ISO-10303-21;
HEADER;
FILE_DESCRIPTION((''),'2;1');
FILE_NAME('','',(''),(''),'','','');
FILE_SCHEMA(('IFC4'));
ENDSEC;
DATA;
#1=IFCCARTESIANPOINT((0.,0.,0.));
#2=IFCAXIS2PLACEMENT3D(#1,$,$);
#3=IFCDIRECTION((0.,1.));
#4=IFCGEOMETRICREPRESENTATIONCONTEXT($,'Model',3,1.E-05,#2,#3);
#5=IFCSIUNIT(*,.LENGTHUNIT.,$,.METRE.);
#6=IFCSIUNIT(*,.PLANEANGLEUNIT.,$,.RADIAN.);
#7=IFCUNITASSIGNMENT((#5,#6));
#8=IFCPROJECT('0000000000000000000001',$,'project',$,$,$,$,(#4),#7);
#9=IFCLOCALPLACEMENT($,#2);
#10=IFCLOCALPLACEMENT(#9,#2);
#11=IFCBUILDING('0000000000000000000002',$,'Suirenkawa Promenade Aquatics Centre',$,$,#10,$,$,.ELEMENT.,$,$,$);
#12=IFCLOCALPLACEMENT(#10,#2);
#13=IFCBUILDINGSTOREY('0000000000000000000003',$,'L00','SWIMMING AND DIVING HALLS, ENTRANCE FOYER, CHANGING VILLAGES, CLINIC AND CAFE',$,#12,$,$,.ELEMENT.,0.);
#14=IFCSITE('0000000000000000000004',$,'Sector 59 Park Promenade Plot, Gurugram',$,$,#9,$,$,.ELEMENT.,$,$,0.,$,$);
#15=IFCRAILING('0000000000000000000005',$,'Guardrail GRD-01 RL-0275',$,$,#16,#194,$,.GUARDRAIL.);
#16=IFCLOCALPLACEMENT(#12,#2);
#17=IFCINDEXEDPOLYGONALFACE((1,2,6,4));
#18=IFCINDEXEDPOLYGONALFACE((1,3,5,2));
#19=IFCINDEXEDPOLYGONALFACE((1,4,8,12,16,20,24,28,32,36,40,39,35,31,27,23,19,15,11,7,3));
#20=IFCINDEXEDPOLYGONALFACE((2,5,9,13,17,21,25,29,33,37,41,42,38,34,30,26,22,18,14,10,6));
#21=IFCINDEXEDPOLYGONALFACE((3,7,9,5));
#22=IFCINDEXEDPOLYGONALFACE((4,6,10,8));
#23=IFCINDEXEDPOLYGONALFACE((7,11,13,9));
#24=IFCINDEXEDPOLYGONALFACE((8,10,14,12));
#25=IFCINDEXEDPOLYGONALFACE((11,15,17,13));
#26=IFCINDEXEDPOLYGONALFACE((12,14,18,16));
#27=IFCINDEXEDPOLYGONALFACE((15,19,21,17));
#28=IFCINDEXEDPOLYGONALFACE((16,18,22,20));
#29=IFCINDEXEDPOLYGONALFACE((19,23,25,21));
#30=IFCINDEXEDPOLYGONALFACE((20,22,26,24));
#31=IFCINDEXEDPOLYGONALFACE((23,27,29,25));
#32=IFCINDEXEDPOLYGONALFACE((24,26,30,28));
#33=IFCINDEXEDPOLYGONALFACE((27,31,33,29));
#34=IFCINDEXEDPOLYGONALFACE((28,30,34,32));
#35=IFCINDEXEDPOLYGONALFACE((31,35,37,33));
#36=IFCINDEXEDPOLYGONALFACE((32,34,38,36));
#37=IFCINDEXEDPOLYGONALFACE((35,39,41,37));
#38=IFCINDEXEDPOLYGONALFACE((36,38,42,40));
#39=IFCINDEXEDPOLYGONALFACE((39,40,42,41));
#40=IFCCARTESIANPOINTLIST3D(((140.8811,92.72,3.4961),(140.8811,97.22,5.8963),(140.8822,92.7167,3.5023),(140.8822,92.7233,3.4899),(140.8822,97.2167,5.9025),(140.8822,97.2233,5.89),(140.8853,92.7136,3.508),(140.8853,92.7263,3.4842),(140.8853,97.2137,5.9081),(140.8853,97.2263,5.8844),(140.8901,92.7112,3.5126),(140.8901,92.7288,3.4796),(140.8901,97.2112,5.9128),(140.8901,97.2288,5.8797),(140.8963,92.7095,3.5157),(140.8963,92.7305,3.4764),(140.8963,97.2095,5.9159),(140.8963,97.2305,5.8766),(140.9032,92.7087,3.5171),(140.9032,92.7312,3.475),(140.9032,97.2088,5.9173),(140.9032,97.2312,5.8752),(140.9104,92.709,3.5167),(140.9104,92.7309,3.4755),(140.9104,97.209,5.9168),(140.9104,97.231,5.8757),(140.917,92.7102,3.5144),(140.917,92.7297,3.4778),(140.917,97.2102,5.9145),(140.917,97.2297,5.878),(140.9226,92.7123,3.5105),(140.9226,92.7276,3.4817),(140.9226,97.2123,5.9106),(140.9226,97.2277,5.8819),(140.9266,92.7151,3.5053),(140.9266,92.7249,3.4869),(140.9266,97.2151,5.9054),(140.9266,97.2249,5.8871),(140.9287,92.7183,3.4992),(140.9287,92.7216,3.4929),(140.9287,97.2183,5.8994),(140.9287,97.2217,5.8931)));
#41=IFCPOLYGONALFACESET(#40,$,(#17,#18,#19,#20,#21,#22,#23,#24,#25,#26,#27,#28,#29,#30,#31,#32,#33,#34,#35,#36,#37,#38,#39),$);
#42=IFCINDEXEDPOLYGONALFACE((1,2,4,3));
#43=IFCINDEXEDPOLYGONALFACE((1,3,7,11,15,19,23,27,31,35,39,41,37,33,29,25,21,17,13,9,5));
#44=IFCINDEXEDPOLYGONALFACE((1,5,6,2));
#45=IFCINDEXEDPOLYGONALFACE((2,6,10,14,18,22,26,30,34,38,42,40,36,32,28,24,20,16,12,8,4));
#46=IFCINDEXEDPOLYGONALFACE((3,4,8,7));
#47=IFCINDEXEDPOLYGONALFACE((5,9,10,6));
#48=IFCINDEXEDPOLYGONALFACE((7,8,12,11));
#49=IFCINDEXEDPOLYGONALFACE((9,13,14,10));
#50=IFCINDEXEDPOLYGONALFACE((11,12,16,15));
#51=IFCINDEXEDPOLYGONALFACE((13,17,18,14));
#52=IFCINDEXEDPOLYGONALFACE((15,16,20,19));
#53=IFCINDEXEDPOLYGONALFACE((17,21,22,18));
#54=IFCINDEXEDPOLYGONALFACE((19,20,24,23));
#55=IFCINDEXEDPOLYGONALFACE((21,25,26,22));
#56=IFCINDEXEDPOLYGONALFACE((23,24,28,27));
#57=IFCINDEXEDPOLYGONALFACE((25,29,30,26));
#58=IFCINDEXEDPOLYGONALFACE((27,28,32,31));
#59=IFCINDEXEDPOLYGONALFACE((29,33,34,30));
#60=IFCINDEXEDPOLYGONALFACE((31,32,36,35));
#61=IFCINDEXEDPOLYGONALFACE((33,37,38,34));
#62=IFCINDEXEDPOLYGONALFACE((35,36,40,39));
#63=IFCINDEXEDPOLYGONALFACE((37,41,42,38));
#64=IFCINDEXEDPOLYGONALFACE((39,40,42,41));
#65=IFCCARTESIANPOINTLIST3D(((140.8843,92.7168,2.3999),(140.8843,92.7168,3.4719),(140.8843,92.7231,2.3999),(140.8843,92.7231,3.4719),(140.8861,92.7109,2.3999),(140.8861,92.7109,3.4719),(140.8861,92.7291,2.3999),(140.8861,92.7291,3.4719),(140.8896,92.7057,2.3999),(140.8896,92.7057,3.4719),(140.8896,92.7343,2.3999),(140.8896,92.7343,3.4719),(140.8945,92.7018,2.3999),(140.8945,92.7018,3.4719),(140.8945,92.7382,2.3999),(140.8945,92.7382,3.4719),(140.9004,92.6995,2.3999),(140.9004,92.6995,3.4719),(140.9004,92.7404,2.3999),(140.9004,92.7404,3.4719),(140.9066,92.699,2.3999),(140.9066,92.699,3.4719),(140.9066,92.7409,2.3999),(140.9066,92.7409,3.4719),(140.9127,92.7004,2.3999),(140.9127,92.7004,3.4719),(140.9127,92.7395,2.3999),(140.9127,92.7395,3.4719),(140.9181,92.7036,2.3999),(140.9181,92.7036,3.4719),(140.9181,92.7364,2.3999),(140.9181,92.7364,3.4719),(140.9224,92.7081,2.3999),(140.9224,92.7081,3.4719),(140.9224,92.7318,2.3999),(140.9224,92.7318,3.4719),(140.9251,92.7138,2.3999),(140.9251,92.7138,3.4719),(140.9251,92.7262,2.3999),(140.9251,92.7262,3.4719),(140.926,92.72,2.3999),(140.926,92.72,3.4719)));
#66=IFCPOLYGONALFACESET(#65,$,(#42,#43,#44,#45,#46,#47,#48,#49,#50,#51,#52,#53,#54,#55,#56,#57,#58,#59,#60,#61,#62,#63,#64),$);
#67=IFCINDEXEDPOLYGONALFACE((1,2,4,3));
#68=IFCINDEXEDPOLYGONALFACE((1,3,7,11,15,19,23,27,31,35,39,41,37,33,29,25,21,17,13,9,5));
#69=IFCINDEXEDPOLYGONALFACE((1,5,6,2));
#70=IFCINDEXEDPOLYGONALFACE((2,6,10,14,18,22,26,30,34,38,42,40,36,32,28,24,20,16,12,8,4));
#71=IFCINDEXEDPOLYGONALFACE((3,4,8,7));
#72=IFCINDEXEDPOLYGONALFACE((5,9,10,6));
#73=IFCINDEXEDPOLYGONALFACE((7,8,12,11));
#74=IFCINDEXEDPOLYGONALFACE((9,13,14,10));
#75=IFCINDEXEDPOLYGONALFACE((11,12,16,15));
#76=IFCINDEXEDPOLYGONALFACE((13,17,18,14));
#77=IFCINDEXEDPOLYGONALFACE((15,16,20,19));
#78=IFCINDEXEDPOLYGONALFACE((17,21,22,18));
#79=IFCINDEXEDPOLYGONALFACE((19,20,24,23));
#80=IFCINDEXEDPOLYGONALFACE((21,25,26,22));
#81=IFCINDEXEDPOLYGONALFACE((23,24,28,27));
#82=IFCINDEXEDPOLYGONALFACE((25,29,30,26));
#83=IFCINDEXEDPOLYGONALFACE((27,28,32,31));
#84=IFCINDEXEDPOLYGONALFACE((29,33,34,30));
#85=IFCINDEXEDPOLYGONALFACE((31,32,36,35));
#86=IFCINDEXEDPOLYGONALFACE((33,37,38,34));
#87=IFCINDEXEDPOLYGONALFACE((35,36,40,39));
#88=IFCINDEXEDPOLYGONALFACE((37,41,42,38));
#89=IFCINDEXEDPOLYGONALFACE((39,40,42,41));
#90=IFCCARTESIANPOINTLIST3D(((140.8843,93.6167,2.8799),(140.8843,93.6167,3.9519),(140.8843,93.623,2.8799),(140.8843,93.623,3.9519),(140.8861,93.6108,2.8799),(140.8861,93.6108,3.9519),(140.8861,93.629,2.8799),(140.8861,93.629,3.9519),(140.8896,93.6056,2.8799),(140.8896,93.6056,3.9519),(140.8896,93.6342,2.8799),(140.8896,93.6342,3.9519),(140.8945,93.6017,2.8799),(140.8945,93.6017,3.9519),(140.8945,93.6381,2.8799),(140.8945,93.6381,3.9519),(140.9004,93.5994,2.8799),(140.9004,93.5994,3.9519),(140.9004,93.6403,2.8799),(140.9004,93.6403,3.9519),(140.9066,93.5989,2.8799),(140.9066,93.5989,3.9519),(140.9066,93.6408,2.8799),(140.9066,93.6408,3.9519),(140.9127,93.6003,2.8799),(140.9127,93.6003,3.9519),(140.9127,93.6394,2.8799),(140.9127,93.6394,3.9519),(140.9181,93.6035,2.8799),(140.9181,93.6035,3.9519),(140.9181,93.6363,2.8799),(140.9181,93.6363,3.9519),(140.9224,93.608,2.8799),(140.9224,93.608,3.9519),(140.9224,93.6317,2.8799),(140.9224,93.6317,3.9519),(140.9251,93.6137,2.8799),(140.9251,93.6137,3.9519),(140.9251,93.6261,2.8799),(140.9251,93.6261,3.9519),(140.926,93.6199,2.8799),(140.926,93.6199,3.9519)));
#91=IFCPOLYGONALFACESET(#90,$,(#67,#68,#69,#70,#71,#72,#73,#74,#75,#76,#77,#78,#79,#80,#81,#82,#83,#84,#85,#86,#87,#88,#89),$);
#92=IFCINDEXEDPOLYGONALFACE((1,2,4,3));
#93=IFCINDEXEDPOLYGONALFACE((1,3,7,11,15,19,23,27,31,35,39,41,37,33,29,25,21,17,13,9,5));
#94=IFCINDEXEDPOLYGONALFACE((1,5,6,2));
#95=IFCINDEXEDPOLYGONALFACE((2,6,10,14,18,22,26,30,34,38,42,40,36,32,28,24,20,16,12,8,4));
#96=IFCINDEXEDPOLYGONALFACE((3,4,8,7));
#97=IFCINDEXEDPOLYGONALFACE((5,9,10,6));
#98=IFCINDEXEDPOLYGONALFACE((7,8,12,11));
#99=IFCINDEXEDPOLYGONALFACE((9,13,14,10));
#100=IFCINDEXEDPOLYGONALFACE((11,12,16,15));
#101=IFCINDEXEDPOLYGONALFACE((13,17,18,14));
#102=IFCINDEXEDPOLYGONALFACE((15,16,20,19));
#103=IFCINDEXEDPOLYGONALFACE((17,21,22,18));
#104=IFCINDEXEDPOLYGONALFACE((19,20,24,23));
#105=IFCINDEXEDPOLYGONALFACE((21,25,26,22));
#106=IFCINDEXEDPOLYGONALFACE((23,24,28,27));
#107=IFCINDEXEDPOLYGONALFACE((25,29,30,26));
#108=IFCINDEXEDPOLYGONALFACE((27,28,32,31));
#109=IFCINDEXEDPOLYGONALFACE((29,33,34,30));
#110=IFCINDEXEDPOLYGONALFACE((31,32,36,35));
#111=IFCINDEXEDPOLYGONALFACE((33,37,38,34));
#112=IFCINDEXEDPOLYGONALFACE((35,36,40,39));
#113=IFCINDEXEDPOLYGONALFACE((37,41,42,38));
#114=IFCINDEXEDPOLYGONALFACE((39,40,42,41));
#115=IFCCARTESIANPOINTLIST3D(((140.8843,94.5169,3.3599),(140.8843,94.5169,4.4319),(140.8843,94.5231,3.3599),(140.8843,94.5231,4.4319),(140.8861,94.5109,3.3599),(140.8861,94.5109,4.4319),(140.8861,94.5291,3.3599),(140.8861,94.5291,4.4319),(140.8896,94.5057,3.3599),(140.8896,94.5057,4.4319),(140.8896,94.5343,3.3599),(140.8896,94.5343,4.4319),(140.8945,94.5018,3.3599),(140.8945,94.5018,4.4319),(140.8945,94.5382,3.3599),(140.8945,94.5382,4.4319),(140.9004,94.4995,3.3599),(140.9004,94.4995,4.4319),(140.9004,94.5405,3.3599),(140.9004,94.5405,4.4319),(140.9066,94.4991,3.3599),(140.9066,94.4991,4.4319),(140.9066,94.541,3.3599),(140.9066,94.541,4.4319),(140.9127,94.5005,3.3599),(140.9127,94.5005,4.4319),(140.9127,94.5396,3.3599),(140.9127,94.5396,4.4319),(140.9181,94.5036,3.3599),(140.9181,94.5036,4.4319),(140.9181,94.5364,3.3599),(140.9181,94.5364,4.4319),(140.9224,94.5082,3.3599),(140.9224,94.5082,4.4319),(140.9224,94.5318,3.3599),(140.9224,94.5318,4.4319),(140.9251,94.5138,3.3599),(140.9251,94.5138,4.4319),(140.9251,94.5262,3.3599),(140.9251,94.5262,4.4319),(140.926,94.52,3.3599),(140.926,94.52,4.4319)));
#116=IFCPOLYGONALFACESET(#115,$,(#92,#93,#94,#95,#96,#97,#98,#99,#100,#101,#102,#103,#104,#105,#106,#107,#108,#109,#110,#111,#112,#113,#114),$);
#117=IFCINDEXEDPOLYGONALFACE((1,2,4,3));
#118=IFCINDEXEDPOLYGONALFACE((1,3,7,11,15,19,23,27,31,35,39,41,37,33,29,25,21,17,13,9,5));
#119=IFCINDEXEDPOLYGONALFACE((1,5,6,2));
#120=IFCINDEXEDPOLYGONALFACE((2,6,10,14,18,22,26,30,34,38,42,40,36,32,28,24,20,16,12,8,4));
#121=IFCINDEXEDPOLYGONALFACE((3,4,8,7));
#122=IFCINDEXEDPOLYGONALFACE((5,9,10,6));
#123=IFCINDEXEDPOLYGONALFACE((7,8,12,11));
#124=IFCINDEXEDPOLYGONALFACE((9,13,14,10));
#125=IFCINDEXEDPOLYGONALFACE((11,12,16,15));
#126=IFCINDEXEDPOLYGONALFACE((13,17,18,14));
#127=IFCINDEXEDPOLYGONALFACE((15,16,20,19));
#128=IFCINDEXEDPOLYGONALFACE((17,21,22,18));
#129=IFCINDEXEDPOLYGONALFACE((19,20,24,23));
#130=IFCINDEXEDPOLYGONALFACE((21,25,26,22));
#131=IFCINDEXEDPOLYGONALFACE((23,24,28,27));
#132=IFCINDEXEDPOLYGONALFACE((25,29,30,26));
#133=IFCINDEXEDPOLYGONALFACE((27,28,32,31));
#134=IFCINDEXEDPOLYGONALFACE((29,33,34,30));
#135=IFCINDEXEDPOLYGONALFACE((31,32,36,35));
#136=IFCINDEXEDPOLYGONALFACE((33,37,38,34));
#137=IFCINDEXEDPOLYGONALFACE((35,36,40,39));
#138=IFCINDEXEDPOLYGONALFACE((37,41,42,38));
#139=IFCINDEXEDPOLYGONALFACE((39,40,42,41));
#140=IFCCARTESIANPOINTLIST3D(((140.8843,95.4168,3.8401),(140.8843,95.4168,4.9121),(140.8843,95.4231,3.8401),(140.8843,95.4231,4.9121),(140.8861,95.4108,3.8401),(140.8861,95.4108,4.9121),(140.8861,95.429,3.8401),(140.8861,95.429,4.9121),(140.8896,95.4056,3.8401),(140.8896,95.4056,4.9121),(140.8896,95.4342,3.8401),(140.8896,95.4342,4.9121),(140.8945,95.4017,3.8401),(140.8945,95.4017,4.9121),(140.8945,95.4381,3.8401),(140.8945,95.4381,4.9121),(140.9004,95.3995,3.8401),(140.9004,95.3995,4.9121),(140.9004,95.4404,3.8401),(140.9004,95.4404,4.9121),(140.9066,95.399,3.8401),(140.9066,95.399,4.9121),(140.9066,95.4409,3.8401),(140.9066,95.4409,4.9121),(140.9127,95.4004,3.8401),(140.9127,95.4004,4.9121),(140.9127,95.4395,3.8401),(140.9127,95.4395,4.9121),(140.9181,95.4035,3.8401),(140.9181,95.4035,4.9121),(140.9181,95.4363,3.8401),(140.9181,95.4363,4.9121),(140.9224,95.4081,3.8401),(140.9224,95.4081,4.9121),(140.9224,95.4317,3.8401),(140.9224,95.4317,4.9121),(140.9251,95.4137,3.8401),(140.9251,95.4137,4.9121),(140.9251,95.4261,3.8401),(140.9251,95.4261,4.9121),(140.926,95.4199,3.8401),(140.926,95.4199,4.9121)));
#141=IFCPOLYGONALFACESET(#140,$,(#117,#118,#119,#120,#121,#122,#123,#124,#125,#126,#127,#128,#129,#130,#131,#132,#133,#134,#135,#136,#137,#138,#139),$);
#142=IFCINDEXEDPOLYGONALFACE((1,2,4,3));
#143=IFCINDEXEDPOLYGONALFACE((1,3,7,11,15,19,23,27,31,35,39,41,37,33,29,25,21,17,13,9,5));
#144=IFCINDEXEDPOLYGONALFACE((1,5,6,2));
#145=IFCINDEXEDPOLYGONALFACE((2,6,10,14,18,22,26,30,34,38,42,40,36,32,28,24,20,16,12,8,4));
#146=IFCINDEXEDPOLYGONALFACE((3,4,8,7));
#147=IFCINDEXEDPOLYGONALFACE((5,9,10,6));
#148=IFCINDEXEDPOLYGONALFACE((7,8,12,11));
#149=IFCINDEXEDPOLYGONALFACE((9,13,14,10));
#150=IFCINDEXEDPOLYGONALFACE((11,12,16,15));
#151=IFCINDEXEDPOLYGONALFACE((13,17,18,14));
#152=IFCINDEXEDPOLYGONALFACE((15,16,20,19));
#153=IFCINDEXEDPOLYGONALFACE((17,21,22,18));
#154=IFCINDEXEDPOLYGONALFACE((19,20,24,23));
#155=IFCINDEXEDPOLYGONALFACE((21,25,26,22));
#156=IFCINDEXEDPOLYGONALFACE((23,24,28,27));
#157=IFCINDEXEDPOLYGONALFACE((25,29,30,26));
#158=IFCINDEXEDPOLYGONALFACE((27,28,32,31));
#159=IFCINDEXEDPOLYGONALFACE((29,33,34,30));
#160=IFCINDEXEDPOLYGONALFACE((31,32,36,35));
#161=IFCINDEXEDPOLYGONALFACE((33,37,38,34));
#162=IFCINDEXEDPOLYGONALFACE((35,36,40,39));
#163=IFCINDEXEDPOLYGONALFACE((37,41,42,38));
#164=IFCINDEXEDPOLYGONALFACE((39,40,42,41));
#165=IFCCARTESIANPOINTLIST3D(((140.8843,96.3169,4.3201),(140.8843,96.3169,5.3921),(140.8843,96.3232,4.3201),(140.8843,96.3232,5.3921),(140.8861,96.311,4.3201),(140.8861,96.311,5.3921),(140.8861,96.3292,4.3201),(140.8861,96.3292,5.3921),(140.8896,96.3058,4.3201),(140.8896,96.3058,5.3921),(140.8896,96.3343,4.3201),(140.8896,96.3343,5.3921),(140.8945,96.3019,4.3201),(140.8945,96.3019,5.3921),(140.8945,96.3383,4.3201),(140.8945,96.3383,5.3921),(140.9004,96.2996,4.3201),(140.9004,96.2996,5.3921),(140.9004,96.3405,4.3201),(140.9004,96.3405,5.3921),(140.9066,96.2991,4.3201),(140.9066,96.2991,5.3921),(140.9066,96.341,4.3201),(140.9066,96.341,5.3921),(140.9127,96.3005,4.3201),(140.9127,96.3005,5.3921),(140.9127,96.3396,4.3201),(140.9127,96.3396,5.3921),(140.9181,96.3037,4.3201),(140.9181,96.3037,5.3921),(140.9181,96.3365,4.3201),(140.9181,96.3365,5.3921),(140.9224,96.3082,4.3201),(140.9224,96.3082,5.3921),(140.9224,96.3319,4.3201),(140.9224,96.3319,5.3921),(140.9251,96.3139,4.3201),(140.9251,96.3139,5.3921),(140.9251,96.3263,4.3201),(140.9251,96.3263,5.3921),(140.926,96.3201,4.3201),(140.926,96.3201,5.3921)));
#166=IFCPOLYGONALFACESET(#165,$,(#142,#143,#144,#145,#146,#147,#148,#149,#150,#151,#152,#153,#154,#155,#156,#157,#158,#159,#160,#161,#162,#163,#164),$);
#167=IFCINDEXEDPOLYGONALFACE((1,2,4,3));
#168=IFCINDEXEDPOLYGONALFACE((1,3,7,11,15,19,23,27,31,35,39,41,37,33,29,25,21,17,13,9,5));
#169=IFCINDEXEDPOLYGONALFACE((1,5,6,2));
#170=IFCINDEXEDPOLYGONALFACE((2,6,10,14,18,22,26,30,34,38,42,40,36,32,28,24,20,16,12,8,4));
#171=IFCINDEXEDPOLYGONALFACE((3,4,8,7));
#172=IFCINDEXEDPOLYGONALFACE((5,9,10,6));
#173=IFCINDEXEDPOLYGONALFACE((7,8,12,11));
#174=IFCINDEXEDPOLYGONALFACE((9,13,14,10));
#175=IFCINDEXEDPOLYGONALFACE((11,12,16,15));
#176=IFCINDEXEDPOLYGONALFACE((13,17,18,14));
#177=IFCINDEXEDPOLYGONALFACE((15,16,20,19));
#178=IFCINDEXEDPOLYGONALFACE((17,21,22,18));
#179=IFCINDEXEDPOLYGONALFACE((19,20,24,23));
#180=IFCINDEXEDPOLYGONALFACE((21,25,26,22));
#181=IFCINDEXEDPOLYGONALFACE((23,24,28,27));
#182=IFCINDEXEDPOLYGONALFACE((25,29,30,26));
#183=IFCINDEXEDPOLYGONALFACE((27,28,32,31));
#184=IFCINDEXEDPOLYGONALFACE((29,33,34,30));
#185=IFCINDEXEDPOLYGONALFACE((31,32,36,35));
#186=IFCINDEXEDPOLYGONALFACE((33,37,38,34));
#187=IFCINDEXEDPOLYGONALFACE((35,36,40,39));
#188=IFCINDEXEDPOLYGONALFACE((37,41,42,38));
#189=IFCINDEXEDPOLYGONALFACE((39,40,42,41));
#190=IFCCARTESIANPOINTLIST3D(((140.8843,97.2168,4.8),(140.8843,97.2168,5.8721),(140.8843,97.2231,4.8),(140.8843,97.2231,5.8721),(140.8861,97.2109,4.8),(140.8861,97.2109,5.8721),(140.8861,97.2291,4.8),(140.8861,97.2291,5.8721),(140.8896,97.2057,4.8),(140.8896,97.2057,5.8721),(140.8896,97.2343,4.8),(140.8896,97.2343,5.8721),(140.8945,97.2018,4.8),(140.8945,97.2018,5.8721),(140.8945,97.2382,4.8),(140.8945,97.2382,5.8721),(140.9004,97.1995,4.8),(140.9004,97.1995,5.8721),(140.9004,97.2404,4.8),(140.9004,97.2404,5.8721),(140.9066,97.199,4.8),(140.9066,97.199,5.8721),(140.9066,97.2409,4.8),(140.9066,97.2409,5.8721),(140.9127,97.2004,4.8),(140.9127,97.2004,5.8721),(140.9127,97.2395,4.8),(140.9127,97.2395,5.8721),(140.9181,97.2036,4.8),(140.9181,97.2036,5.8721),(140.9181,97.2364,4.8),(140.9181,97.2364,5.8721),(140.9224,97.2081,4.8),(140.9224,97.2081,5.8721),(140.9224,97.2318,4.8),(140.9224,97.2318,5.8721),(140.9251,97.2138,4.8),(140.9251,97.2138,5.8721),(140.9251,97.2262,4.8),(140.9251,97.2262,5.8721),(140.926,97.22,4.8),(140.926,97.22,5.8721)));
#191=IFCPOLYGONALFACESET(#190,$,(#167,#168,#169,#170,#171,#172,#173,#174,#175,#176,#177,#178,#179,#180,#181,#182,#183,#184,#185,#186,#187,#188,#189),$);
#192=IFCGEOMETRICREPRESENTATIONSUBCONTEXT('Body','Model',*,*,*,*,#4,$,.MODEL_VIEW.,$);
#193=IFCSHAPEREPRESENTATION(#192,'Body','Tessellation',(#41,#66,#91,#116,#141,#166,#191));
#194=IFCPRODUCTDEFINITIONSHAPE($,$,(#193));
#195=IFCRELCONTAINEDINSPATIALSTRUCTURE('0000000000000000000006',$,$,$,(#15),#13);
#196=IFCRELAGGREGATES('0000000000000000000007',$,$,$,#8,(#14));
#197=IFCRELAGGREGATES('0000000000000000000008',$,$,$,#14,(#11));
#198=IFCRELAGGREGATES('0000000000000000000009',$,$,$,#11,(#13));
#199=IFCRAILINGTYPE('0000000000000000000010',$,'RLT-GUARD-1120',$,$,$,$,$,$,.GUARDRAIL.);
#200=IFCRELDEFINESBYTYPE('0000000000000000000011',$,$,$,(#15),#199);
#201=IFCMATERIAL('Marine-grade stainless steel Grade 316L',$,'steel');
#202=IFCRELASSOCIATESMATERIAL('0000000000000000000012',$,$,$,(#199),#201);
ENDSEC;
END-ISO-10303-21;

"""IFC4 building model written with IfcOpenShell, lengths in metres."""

from ifc_helpers import new_model, si_unit, direction, frame, origin, origin_2d, place, context, subcontext, project, spatial, circle, extrude, material, type_object, element, save


model = new_model("IFC4")

# Units and contexts
model_context = context("Model", 3, precision=1e-05, world=origin(), true_north=direction((0.0, 1.0)))
body_context = subcontext(model_context, "Body", "Model", "MODEL_VIEW")
ifc_project = project(units=[si_unit("LENGTHUNIT", "METRE"), si_unit("PLANEANGLEUNIT", "RADIAN")], contexts=[model_context])

# Site, building, storey
site_placement = place(None, origin())
site = spatial("IfcSite", under=ifc_project, at=site_placement, Name="Sector 59 Park Promenade Plot, Gurugram", CompositionType="ELEMENT", RefElevation=0.0)
building_placement = place(site_placement, origin())
building = spatial("IfcBuilding", under=site, at=building_placement, Name="Suirenkawa Promenade Aquatics Centre", CompositionType="ELEMENT")
storey_placement = place(building_placement, origin())
storey = spatial("IfcBuildingStorey", under=building, at=storey_placement, Name="L00", Description="SWIMMING AND DIVING HALLS, ENTRANCE FOYER, CHANGING VILLAGES, CLINIC AND CAFE", CompositionType="ELEMENT", Elevation=0.0)

# Railing
ifc_material_1 = material(Name="Marine-grade stainless steel Grade 316L", Category="steel")
railing_type_1 = type_object("IfcRailingType", Name="RLT-GUARD-1120", PredefinedType="GUARDRAIL", material=ifc_material_1)
for number, where, name in (
    (1, (140.905, 92.72, 2.3999), "Guardrail GRD-01 RL-0275"),
):
    element("IfcRailing", number, at=place(storey_placement, frame(where)), inside=storey, type_object=railing_type_1, Name=name, PredefinedType="GUARDRAIL", context=body_context, shape_type="SweptSolid", body=[
        extrude(circle(Radius=0.0239, at=origin_2d()), frame((0.0, 0.0, 1.0962), z_axis=(0.0, 0.882341, 0.470611), x_axis=(-1.0, 0.0, 0.0)), (0.0, 0.0, 1.0), 5.1001),
        extrude(circle(Radius=0.021, at=origin_2d()), origin(), (0.0, 0.0, 1.0), 1.072),
        extrude(circle(Radius=0.021, at=origin_2d()), frame((0.0, 0.8999, 0.48)), (0.0, 0.0, 1.0), 1.072),
        extrude(circle(Radius=0.021, at=origin_2d()), frame((0.0, 1.8, 0.96)), (0.0, 0.0, 1.0), 1.072),
        extrude(circle(Radius=0.021, at=origin_2d()), frame((0.0, 2.7, 1.4402)), (0.0, 0.0, 1.0), 1.072),
        extrude(circle(Radius=0.021, at=origin_2d()), frame((0.0, 3.6001, 1.9202)), (0.0, 0.0, 1.0), 1.072),
        extrude(circle(Radius=0.021, at=origin_2d()), frame((0.0, 4.5, 2.4001)), (0.0, 0.0, 1.0), 1.072),
    ])

save(model, "model.ifc")
